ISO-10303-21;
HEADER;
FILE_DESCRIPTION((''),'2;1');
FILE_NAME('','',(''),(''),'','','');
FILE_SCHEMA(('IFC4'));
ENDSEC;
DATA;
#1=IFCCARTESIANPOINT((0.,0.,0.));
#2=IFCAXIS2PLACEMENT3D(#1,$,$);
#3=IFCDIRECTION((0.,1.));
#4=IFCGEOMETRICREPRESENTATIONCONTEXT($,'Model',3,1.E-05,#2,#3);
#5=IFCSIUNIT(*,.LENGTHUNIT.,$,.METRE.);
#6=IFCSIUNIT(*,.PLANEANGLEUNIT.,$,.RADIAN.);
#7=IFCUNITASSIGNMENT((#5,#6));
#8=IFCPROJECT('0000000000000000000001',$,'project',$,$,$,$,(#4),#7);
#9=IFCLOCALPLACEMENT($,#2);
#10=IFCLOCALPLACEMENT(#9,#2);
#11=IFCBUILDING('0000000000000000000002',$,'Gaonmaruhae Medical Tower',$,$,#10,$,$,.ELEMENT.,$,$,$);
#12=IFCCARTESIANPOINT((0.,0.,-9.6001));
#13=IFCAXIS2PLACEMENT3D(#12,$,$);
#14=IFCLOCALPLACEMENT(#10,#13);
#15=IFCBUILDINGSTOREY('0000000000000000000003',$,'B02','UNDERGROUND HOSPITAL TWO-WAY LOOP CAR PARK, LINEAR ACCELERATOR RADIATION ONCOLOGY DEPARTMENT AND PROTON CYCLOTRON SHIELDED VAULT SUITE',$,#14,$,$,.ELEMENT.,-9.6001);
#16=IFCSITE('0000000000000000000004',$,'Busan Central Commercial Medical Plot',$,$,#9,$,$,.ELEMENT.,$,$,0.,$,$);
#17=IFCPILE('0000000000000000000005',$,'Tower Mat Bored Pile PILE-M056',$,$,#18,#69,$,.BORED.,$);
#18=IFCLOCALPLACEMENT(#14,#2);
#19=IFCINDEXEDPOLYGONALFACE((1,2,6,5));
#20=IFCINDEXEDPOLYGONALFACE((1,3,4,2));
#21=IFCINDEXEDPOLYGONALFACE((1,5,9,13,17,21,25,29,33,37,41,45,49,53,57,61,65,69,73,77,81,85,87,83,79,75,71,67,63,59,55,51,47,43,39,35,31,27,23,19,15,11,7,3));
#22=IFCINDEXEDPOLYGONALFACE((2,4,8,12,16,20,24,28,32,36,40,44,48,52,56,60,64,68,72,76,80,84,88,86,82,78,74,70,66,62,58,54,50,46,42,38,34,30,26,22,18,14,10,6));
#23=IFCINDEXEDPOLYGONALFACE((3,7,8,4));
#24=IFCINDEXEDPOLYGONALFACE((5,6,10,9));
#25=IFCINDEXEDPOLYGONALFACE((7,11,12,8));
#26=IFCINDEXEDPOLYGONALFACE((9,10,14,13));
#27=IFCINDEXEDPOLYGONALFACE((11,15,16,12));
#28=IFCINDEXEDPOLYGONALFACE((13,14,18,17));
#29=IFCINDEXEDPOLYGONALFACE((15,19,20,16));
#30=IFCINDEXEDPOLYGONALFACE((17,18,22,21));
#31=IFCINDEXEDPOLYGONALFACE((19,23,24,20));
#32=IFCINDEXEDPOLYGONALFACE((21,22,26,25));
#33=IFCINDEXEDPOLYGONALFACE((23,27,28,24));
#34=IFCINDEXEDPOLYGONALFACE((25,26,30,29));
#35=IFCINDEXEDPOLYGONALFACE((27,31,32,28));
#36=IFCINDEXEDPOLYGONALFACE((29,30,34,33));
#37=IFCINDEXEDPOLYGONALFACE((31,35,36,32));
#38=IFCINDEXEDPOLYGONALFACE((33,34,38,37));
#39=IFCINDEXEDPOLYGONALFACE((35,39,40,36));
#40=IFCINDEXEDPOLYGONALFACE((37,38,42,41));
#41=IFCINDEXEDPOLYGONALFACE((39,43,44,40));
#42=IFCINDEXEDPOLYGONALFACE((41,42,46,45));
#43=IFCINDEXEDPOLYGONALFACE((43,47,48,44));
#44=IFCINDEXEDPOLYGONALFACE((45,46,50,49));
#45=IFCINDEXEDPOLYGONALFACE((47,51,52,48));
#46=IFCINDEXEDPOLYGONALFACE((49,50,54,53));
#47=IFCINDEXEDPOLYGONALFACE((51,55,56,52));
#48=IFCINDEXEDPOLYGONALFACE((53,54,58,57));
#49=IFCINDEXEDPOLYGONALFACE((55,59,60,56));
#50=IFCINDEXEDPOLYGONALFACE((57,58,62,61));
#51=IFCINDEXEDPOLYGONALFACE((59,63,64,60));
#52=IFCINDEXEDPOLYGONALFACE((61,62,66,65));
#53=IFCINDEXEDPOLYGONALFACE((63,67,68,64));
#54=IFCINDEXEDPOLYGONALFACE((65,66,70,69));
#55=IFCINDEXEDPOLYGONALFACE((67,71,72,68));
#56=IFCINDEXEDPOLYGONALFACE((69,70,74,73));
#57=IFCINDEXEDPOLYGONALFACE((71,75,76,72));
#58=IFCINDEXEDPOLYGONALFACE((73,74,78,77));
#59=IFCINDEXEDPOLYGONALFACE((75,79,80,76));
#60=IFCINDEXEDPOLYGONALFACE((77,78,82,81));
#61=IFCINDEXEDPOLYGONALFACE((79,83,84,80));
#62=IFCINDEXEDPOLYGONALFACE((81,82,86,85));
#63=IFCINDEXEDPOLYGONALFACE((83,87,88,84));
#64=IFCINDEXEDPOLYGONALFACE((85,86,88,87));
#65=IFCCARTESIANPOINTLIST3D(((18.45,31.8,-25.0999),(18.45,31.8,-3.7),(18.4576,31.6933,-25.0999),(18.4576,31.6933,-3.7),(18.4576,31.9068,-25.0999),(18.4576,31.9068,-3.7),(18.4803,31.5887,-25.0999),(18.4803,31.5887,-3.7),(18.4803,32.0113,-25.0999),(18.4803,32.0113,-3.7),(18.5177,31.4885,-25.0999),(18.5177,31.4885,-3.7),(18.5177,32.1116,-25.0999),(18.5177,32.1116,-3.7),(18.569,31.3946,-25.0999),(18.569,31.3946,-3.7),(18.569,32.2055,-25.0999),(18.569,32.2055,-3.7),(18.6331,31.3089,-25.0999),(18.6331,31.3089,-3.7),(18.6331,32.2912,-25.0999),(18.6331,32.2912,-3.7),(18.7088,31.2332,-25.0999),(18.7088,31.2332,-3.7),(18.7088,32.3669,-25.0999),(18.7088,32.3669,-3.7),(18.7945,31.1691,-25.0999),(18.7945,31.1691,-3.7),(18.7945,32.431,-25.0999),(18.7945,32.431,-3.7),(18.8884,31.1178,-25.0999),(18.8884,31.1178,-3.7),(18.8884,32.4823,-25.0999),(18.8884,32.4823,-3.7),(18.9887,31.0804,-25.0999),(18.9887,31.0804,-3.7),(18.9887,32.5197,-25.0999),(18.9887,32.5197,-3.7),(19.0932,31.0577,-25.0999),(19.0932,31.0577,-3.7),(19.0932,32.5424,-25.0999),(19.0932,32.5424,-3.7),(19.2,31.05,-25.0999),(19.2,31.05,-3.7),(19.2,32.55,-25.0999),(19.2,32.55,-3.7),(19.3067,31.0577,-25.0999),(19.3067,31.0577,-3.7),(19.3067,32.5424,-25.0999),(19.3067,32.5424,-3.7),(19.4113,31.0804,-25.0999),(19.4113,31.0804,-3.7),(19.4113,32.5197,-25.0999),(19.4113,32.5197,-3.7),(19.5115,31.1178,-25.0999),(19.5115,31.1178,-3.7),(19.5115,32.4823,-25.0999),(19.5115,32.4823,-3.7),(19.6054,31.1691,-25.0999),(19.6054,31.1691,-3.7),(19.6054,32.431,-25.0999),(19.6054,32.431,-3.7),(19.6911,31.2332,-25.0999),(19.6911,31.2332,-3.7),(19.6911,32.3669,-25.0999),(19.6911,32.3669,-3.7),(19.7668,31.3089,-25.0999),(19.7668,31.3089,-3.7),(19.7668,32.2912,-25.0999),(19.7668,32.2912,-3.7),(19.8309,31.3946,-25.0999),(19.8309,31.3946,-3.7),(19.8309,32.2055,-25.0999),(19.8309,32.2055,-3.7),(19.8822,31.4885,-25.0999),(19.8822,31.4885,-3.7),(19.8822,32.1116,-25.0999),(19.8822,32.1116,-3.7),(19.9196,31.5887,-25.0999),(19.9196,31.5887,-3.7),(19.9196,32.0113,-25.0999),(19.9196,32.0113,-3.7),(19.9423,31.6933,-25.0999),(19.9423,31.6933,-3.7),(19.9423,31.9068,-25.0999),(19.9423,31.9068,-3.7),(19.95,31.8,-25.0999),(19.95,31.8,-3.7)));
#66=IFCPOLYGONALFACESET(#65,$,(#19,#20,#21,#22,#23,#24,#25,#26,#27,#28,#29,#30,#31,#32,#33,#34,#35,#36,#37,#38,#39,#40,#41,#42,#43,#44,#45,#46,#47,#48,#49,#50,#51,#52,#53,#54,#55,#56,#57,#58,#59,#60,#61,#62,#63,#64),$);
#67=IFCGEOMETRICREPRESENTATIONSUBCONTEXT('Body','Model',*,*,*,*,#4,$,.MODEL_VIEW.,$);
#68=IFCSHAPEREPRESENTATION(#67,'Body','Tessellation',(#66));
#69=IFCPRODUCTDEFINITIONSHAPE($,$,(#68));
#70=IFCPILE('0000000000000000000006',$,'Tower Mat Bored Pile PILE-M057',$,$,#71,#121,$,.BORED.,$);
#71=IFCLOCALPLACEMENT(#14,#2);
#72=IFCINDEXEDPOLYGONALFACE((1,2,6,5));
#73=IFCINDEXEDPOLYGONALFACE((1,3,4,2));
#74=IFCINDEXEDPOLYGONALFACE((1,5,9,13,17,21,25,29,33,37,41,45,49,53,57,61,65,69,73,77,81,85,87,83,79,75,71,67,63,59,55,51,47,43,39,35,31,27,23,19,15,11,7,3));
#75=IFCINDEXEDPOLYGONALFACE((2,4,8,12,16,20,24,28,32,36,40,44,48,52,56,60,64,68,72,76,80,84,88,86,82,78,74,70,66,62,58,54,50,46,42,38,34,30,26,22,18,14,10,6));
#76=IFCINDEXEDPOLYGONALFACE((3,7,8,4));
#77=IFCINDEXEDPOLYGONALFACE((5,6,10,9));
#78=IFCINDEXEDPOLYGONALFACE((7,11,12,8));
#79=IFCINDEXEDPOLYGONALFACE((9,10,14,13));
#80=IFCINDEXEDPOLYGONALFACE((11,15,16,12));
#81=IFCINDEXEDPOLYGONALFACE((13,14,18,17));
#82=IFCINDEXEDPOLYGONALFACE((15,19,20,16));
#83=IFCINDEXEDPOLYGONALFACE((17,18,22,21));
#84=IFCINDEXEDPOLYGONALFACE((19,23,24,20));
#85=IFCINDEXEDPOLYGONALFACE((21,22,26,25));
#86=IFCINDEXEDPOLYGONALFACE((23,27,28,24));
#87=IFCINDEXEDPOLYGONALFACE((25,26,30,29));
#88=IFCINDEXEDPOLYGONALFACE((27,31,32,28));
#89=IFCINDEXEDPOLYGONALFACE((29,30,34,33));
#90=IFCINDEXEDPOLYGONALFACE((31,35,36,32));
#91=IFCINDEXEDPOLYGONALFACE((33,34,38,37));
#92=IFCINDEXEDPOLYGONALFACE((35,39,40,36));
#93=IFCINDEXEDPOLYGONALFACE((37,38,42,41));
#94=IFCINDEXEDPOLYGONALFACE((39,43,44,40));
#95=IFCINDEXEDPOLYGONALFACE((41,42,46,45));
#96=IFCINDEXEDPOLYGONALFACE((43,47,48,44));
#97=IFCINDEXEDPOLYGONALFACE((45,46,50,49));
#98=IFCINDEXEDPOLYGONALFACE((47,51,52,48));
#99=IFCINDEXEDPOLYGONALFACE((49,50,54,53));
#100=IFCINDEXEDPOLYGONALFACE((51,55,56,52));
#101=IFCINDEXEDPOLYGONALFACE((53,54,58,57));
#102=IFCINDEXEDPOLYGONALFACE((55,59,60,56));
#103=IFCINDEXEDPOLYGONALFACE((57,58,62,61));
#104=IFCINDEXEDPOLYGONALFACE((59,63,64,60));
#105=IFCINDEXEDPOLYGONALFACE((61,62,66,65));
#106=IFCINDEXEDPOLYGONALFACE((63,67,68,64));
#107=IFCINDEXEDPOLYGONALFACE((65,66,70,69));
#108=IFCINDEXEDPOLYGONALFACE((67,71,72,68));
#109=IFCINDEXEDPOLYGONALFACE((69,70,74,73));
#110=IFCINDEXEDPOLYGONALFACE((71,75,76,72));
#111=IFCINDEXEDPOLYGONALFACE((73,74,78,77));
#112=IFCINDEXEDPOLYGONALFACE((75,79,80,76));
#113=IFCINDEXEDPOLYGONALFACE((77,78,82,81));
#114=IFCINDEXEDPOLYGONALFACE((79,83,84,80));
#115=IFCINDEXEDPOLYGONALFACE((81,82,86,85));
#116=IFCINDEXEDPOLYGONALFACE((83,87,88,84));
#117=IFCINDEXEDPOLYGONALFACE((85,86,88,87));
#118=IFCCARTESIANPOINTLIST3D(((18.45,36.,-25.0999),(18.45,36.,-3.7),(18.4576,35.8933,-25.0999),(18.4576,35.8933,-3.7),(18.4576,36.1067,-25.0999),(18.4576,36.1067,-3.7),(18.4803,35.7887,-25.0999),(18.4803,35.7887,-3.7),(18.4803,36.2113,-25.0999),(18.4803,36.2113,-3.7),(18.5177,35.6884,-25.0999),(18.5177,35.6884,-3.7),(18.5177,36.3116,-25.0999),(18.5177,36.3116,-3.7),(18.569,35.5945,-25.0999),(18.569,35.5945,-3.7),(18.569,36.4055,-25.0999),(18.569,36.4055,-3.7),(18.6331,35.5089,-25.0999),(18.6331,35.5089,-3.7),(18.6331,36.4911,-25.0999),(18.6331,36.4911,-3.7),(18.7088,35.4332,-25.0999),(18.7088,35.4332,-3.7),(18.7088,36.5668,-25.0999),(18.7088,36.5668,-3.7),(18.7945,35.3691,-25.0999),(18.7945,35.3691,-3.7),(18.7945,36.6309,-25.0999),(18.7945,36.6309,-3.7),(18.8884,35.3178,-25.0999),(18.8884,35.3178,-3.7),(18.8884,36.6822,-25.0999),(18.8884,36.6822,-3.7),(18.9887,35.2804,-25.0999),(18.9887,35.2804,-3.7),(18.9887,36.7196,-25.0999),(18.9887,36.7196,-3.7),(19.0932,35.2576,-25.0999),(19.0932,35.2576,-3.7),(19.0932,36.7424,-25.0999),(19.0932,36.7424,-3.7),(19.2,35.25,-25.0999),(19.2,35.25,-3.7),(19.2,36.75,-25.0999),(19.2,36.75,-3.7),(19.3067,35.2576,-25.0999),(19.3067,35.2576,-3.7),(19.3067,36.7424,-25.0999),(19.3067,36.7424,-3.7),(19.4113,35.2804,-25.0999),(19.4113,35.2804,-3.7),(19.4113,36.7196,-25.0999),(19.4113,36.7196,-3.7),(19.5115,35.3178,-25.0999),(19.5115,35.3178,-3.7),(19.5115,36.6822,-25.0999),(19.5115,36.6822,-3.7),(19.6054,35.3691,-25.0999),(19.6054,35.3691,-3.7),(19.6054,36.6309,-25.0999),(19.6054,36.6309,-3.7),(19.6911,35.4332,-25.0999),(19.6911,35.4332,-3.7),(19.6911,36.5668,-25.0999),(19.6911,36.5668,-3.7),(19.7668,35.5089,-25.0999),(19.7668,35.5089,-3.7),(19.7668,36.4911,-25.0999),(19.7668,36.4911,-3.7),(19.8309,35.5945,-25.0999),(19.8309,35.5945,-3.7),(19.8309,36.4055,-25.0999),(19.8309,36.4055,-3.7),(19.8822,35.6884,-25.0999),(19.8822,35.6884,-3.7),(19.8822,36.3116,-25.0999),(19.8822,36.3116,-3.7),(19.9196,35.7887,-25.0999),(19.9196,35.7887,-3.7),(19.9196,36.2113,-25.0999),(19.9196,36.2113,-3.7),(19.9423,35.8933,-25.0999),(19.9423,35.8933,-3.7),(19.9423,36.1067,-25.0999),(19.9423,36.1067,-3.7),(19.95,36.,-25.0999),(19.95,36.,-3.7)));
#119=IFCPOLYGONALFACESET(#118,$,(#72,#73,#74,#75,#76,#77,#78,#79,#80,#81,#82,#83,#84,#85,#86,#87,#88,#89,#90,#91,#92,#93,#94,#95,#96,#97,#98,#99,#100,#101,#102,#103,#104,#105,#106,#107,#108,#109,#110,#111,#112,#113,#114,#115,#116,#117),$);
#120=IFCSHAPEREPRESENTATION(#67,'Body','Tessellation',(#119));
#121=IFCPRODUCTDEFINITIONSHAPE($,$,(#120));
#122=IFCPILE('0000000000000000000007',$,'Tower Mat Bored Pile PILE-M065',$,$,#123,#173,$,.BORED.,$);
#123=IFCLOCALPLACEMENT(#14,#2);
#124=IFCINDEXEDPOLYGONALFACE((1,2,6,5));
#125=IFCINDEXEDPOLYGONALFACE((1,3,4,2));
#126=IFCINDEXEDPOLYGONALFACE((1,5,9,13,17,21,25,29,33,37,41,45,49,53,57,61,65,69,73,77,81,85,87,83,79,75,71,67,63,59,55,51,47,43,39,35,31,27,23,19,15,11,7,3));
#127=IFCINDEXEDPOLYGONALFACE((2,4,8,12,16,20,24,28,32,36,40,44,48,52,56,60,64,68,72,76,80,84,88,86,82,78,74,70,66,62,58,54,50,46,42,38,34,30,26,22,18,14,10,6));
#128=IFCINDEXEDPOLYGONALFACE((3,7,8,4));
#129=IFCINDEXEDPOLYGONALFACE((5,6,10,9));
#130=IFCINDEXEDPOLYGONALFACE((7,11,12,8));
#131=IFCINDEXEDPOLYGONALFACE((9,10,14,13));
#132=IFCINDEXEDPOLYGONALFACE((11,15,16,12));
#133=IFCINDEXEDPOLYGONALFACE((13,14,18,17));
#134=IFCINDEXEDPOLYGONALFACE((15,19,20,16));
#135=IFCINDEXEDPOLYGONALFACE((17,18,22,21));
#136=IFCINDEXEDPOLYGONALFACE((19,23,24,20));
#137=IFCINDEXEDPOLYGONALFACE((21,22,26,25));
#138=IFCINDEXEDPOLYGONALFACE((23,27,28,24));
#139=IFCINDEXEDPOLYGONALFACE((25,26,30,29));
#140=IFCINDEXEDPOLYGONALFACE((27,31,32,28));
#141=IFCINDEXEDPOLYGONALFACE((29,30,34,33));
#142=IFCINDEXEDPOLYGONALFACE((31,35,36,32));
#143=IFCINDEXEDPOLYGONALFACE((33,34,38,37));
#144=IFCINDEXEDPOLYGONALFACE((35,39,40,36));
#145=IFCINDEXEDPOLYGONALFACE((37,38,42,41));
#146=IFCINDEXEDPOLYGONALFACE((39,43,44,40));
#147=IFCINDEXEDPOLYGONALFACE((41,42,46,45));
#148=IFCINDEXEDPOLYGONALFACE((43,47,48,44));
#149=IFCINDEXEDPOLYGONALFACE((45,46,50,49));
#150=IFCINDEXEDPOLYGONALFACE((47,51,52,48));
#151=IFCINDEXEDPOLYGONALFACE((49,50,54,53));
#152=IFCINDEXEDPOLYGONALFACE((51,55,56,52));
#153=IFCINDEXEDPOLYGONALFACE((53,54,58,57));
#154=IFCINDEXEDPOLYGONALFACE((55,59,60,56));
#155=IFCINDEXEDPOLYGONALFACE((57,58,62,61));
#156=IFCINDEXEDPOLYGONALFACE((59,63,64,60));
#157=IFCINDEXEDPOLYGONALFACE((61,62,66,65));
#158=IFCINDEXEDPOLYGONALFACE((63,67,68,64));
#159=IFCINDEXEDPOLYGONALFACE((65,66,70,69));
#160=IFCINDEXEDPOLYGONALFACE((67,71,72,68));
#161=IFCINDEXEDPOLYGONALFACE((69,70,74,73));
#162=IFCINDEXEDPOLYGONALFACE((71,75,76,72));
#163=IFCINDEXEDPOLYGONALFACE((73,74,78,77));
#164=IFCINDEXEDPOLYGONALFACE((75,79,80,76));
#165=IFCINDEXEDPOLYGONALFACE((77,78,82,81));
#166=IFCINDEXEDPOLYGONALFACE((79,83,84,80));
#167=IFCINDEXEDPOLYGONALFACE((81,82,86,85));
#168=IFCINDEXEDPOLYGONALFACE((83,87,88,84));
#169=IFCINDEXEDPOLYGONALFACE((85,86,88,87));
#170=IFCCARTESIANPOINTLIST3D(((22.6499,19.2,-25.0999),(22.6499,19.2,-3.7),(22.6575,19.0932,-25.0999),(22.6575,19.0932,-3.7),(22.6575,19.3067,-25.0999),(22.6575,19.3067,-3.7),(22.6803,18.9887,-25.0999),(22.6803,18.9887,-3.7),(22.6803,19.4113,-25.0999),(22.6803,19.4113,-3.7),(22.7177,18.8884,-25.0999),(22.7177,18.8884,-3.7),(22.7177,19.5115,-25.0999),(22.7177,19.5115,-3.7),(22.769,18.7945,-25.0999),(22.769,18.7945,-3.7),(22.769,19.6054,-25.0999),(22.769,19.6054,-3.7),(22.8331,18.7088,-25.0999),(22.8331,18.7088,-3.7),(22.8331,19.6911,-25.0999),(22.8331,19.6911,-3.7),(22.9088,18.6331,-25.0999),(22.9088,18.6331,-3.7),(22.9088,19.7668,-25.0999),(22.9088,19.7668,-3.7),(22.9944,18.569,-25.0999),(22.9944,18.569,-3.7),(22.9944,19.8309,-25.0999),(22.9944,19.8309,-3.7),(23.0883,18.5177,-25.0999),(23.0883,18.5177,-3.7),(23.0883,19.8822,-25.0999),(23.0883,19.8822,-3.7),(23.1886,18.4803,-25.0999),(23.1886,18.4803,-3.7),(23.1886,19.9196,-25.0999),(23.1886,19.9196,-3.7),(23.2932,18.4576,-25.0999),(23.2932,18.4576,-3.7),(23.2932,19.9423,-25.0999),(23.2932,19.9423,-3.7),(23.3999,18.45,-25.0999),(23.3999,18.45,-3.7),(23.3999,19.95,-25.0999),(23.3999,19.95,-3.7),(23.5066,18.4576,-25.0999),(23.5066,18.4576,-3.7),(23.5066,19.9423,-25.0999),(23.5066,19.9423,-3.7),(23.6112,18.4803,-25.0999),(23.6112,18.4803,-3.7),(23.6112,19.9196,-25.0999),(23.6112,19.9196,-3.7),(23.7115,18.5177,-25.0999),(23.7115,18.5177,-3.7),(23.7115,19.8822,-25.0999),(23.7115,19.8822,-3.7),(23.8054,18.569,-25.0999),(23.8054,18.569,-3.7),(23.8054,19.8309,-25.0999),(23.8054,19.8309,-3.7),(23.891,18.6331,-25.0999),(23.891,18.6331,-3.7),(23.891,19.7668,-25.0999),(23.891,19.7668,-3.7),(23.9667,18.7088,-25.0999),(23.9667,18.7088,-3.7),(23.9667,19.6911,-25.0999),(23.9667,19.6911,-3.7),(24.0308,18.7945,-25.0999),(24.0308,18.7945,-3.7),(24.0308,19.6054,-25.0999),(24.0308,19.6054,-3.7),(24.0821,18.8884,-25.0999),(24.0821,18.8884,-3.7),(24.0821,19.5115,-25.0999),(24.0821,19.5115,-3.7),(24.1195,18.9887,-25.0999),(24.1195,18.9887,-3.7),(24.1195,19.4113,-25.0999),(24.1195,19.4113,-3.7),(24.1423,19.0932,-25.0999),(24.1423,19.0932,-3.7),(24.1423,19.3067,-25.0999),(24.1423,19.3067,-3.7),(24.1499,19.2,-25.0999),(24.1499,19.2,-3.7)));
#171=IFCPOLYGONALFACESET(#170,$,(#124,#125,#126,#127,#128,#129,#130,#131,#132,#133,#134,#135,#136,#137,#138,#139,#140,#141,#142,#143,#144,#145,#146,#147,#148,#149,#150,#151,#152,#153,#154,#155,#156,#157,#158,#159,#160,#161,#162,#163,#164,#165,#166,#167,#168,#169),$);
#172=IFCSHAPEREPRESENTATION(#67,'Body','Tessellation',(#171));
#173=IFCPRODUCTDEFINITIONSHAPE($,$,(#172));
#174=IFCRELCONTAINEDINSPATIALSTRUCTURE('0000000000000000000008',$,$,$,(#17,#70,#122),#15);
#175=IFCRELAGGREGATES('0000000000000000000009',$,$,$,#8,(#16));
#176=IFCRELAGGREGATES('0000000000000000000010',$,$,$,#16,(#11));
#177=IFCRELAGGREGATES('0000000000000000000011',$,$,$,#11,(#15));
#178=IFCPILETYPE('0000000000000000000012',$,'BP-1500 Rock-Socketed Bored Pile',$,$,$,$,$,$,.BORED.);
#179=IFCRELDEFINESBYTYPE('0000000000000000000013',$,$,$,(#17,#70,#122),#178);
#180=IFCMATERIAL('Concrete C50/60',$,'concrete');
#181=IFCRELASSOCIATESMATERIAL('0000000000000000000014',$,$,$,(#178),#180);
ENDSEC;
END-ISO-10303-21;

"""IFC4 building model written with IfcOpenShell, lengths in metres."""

from ifc_helpers import new_model, si_unit, direction, frame, origin, origin_2d, place, context, subcontext, project, spatial, circle, extrude, material, material_profile, profile_set, type_object, element, save


model = new_model("IFC4")

# Units and contexts
model_context = context("Model", 3, precision=1e-05, world=origin(), true_north=direction((0.0, 1.0)))
body_context = subcontext(model_context, "Body", "Model", "MODEL_VIEW")
ifc_project = project(units=[si_unit("LENGTHUNIT", "METRE"), si_unit("PLANEANGLEUNIT", "RADIAN")], contexts=[model_context])

# Site, building, storey
site_placement = place(None, origin())
site = spatial("IfcSite", under=ifc_project, at=site_placement, Name="Busan Central Commercial Medical Plot", CompositionType="ELEMENT", RefElevation=0.0)
building_placement = place(site_placement, origin())
building = spatial("IfcBuilding", under=site, at=building_placement, Name="Gaonmaruhae Medical Tower", CompositionType="ELEMENT")
storey_placement = place(building_placement, frame((0.0, 0.0, -9.6001)))
storey = spatial("IfcBuildingStorey", under=building, at=storey_placement, Name="B02", Description="UNDERGROUND HOSPITAL TWO-WAY LOOP CAR PARK, LINEAR ACCELERATOR RADIATION ONCOLOGY DEPARTMENT AND PROTON CYCLOTRON SHIELDED VAULT SUITE", CompositionType="ELEMENT", Elevation=-9.6001)

# Piles
ifc_material_1 = material(Name="Concrete C50/60", Category="concrete")
ifc_material_profile_1 = material_profile(ifc_material_1, circle(Radius=0.75, at=origin_2d()), Name="PILE-D1500")
ifc_profile_set_1 = profile_set([ifc_material_profile_1], Name="Concrete C50/60")
pile_type = type_object("IfcPileType", Name="BP-1500 Rock-Socketed Bored Pile", PredefinedType="BORED", material=ifc_profile_set_1)
for number, where, z_axis, x_axis, name in (
    (1, (19.2, 31.8, -3.7), (0.0, 0.0, -1.0), (1.0, 0.0, 0.0), "Tower Mat Bored Pile PILE-M056"),
    (2, (19.2, 36.0, -3.7), (0.0, 0.0, -1.0), (1.0, 0.0, 0.0), "Tower Mat Bored Pile PILE-M057"),
    (3, (23.3999, 19.2, -3.7), (0.0, 0.0, -1.0), (1.0, 0.0, 0.0), "Tower Mat Bored Pile PILE-M065"),
):
    element("IfcPile", number, at=place(storey_placement, frame(where, z_axis=z_axis, x_axis=x_axis)), inside=storey, type_object=pile_type, Name=name, PredefinedType="BORED", context=body_context, shape_type="SweptSolid", body=[
        extrude(circle(Radius=0.75, at=origin_2d()), origin(), (0.0, 0.0, 1.0), 21.3999),
    ])

save(model, "model.ifc")
